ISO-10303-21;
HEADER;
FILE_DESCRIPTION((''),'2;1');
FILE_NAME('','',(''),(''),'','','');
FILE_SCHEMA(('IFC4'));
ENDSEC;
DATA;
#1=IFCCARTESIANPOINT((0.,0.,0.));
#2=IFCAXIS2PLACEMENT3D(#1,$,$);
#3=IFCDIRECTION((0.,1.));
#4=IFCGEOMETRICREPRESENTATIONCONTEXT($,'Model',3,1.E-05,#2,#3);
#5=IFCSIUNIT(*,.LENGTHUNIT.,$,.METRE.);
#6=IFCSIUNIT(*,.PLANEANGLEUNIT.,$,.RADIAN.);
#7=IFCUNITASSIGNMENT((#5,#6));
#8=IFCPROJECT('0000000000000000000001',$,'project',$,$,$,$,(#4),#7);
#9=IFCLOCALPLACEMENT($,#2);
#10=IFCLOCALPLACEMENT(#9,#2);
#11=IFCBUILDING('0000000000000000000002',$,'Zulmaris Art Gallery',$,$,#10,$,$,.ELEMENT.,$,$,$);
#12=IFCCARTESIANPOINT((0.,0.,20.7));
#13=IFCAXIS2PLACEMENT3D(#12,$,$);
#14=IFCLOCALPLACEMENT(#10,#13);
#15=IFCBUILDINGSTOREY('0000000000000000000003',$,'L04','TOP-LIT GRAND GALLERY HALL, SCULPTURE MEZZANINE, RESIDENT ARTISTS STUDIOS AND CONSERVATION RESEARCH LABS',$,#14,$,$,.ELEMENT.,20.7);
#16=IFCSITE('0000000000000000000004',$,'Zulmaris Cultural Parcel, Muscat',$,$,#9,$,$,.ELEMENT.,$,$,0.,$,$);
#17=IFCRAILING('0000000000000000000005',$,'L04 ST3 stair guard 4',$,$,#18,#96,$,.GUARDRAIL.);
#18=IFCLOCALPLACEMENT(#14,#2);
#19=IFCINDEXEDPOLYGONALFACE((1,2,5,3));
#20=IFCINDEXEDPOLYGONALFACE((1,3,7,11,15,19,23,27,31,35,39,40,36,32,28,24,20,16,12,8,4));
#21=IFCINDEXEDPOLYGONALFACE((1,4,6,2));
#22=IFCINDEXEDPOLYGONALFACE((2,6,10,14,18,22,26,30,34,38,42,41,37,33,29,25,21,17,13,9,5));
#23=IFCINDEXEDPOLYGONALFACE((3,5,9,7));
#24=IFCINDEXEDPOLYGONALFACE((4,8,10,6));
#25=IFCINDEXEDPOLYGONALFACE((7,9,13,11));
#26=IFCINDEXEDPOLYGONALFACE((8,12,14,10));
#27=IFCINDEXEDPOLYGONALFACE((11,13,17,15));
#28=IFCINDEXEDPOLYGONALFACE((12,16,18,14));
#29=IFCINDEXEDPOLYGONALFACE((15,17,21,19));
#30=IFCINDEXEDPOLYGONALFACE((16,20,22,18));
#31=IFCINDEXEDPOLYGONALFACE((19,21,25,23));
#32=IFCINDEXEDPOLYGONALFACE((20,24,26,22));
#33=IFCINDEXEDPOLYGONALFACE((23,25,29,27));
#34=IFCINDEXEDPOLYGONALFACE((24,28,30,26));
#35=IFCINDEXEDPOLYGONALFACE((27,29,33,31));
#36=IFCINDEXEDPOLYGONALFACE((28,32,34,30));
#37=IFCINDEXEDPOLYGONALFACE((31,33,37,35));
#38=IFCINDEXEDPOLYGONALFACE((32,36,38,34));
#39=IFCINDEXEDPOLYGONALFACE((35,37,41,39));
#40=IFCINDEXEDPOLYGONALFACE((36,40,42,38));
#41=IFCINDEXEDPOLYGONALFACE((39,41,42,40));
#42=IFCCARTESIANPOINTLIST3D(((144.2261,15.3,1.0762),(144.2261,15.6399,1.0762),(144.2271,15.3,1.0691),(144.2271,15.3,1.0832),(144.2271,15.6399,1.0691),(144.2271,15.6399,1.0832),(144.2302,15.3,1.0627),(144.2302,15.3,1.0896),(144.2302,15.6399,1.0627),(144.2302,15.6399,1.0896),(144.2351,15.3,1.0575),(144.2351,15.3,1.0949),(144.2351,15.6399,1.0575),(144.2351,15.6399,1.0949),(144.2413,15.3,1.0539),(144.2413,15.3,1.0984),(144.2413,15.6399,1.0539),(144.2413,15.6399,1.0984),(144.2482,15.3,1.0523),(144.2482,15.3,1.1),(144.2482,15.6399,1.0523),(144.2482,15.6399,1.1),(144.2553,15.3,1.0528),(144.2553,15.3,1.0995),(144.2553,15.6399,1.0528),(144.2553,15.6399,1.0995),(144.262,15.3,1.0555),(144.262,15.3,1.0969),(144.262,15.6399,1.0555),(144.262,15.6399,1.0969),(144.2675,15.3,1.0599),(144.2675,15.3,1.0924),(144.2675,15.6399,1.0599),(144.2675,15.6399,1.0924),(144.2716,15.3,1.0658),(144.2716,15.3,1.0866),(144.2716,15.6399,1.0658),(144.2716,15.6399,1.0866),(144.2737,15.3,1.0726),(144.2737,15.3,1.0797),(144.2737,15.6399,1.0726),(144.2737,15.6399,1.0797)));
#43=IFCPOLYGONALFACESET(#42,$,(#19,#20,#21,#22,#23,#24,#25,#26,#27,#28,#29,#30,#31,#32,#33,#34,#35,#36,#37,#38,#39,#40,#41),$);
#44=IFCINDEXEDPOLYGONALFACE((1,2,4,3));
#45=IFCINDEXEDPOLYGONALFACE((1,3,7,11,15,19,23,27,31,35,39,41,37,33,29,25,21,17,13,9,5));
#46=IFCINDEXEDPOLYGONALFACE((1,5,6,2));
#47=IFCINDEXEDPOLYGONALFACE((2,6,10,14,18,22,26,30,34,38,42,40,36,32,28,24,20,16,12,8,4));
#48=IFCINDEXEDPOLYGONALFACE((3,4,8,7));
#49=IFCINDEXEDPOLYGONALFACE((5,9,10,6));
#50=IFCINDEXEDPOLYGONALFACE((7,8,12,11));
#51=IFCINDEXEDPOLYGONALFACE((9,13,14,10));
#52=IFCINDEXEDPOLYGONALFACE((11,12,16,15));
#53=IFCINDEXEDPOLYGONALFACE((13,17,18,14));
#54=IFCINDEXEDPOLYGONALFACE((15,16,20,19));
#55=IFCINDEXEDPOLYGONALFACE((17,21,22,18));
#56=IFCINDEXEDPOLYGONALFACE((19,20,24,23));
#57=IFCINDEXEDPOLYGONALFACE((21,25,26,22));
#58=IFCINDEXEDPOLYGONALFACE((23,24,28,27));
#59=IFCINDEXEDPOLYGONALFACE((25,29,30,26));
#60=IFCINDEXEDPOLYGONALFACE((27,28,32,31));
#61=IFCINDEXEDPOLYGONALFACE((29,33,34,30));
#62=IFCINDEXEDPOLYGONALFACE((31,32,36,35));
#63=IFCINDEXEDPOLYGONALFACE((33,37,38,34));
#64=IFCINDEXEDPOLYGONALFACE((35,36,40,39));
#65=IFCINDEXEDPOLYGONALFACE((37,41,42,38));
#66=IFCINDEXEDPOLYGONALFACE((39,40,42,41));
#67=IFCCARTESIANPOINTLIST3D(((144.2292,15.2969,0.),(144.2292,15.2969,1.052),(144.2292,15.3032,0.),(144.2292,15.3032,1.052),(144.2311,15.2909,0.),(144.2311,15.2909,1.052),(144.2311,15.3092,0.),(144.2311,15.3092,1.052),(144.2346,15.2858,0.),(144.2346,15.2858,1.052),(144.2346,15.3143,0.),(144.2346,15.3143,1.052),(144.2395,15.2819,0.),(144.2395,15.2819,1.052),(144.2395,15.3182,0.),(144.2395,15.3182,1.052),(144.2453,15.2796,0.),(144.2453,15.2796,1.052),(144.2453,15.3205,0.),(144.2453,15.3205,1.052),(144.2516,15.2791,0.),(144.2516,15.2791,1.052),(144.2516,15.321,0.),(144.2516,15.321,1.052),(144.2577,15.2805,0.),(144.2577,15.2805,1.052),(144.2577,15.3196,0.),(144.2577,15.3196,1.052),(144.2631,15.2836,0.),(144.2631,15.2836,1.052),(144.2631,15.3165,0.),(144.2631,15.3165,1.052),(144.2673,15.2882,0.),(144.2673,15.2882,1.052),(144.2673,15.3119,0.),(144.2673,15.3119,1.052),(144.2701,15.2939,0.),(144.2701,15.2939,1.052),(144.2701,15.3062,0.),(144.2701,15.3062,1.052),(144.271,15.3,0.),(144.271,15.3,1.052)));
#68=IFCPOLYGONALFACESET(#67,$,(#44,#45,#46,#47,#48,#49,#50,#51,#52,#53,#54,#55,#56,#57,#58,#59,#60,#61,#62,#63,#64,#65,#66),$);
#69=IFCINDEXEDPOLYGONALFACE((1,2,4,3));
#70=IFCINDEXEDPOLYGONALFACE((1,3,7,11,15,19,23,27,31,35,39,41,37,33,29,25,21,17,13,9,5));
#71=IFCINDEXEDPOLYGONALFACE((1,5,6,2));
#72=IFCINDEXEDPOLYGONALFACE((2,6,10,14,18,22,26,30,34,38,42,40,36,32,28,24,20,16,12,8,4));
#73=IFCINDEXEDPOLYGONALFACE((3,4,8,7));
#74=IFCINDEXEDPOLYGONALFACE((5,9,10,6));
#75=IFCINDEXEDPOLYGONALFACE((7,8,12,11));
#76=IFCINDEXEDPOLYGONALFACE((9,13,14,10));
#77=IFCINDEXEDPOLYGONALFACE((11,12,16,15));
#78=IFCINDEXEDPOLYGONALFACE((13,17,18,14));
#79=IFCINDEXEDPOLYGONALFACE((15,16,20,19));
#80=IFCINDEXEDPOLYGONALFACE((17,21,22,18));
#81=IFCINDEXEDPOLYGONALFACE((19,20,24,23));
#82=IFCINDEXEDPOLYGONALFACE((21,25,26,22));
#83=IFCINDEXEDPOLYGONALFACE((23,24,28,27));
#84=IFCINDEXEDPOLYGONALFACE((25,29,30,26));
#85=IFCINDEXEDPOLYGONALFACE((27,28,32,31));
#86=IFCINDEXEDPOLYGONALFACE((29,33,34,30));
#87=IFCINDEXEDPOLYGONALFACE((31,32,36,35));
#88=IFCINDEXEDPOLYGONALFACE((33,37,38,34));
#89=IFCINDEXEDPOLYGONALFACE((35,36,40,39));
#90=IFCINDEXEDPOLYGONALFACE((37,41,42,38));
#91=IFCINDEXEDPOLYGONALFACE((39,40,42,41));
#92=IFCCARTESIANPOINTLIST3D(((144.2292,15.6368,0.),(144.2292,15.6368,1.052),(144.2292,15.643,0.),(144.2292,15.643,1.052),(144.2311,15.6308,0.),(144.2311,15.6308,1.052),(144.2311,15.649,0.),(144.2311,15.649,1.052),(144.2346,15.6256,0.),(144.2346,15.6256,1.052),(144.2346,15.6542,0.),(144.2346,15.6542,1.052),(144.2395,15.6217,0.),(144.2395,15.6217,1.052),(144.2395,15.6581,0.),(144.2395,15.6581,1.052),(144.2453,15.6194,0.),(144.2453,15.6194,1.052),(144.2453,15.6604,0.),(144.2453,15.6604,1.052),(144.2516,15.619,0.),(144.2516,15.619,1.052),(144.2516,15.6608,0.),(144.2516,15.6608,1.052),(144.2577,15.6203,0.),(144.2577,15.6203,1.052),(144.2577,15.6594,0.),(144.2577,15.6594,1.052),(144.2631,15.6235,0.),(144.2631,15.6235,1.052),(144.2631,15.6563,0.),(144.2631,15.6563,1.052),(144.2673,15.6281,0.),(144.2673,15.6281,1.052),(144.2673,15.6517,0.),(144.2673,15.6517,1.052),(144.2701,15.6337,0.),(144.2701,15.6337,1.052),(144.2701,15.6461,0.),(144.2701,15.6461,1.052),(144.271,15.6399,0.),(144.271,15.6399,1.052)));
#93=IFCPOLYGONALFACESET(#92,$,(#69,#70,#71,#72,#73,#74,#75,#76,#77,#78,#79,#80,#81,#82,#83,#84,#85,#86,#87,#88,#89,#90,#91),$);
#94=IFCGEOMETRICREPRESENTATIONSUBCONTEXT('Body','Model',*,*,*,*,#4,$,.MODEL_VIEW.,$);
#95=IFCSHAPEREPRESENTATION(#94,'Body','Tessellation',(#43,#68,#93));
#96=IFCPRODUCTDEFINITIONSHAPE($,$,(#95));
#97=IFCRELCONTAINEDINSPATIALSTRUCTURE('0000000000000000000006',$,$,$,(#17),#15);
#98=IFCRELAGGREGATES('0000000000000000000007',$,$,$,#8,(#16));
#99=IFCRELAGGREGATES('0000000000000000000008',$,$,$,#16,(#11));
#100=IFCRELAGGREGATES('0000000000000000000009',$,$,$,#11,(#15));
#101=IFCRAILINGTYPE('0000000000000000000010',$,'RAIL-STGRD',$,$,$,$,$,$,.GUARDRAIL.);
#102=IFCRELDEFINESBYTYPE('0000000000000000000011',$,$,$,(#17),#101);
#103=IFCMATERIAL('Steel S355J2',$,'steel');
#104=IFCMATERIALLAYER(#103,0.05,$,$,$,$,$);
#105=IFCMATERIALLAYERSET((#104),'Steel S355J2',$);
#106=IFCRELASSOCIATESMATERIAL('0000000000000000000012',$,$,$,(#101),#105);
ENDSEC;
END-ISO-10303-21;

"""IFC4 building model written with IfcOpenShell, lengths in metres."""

from ifc_helpers import new_model, si_unit, direction, frame, origin, origin_2d, place, context, subcontext, project, spatial, circle, extrude, material, layer, layer_set, type_object, element, save


model = new_model("IFC4")

# Units and contexts
model_context = context("Model", 3, precision=1e-05, world=origin(), true_north=direction((0.0, 1.0)))
body_context = subcontext(model_context, "Body", "Model", "MODEL_VIEW")
ifc_project = project(units=[si_unit("LENGTHUNIT", "METRE"), si_unit("PLANEANGLEUNIT", "RADIAN")], contexts=[model_context])

# Site, building, storey
site_placement = place(None, origin())
site = spatial("IfcSite", under=ifc_project, at=site_placement, Name="Zulmaris Cultural Parcel, Muscat", CompositionType="ELEMENT", RefElevation=0.0)
building_placement = place(site_placement, origin())
building = spatial("IfcBuilding", under=site, at=building_placement, Name="Zulmaris Art Gallery", CompositionType="ELEMENT")
storey_placement = place(building_placement, frame((0.0, 0.0, 20.7)))
storey = spatial("IfcBuildingStorey", under=building, at=storey_placement, Name="L04", Description="TOP-LIT GRAND GALLERY HALL, SCULPTURE MEZZANINE, RESIDENT ARTISTS STUDIOS AND CONSERVATION RESEARCH LABS", CompositionType="ELEMENT", Elevation=20.7)

# Shared definitions
ifc_material_1 = material(Name="Steel S355J2", Category="steel")

# Railing
ifc_layer_1 = layer(ifc_material_1, 0.05)
ifc_layer_set_1 = layer_set([ifc_layer_1], Name="Steel S355J2")
railing_type_1 = type_object("IfcRailingType", Name="RAIL-STGRD", PredefinedType="GUARDRAIL", material=ifc_layer_set_1)
railing_1_placement = place(storey_placement, frame((144.25, 15.3, 0.0)))
element("IfcRailing", 1, at=railing_1_placement, inside=storey, type_object=railing_type_1, Name="L04 ST3 stair guard 4", PredefinedType="GUARDRAIL", context=body_context, shape_type="SweptSolid", body=[
    extrude(circle(Radius=0.0239, at=origin_2d()), frame((0.0, 0.0, 1.0762), z_axis=(0.0, 1.0, 0.0), x_axis=(-1.0, 0.0, 0.0)), (0.0, 0.0, 1.0), 0.3398),
    extrude(circle(Radius=0.021, at=origin_2d()), origin(), (0.0, 0.0, 1.0), 1.052),
    extrude(circle(Radius=0.021, at=origin_2d()), frame((0.0, 0.3398, 0.0)), (0.0, 0.0, 1.0), 1.052),
])

save(model, "model.ifc")
